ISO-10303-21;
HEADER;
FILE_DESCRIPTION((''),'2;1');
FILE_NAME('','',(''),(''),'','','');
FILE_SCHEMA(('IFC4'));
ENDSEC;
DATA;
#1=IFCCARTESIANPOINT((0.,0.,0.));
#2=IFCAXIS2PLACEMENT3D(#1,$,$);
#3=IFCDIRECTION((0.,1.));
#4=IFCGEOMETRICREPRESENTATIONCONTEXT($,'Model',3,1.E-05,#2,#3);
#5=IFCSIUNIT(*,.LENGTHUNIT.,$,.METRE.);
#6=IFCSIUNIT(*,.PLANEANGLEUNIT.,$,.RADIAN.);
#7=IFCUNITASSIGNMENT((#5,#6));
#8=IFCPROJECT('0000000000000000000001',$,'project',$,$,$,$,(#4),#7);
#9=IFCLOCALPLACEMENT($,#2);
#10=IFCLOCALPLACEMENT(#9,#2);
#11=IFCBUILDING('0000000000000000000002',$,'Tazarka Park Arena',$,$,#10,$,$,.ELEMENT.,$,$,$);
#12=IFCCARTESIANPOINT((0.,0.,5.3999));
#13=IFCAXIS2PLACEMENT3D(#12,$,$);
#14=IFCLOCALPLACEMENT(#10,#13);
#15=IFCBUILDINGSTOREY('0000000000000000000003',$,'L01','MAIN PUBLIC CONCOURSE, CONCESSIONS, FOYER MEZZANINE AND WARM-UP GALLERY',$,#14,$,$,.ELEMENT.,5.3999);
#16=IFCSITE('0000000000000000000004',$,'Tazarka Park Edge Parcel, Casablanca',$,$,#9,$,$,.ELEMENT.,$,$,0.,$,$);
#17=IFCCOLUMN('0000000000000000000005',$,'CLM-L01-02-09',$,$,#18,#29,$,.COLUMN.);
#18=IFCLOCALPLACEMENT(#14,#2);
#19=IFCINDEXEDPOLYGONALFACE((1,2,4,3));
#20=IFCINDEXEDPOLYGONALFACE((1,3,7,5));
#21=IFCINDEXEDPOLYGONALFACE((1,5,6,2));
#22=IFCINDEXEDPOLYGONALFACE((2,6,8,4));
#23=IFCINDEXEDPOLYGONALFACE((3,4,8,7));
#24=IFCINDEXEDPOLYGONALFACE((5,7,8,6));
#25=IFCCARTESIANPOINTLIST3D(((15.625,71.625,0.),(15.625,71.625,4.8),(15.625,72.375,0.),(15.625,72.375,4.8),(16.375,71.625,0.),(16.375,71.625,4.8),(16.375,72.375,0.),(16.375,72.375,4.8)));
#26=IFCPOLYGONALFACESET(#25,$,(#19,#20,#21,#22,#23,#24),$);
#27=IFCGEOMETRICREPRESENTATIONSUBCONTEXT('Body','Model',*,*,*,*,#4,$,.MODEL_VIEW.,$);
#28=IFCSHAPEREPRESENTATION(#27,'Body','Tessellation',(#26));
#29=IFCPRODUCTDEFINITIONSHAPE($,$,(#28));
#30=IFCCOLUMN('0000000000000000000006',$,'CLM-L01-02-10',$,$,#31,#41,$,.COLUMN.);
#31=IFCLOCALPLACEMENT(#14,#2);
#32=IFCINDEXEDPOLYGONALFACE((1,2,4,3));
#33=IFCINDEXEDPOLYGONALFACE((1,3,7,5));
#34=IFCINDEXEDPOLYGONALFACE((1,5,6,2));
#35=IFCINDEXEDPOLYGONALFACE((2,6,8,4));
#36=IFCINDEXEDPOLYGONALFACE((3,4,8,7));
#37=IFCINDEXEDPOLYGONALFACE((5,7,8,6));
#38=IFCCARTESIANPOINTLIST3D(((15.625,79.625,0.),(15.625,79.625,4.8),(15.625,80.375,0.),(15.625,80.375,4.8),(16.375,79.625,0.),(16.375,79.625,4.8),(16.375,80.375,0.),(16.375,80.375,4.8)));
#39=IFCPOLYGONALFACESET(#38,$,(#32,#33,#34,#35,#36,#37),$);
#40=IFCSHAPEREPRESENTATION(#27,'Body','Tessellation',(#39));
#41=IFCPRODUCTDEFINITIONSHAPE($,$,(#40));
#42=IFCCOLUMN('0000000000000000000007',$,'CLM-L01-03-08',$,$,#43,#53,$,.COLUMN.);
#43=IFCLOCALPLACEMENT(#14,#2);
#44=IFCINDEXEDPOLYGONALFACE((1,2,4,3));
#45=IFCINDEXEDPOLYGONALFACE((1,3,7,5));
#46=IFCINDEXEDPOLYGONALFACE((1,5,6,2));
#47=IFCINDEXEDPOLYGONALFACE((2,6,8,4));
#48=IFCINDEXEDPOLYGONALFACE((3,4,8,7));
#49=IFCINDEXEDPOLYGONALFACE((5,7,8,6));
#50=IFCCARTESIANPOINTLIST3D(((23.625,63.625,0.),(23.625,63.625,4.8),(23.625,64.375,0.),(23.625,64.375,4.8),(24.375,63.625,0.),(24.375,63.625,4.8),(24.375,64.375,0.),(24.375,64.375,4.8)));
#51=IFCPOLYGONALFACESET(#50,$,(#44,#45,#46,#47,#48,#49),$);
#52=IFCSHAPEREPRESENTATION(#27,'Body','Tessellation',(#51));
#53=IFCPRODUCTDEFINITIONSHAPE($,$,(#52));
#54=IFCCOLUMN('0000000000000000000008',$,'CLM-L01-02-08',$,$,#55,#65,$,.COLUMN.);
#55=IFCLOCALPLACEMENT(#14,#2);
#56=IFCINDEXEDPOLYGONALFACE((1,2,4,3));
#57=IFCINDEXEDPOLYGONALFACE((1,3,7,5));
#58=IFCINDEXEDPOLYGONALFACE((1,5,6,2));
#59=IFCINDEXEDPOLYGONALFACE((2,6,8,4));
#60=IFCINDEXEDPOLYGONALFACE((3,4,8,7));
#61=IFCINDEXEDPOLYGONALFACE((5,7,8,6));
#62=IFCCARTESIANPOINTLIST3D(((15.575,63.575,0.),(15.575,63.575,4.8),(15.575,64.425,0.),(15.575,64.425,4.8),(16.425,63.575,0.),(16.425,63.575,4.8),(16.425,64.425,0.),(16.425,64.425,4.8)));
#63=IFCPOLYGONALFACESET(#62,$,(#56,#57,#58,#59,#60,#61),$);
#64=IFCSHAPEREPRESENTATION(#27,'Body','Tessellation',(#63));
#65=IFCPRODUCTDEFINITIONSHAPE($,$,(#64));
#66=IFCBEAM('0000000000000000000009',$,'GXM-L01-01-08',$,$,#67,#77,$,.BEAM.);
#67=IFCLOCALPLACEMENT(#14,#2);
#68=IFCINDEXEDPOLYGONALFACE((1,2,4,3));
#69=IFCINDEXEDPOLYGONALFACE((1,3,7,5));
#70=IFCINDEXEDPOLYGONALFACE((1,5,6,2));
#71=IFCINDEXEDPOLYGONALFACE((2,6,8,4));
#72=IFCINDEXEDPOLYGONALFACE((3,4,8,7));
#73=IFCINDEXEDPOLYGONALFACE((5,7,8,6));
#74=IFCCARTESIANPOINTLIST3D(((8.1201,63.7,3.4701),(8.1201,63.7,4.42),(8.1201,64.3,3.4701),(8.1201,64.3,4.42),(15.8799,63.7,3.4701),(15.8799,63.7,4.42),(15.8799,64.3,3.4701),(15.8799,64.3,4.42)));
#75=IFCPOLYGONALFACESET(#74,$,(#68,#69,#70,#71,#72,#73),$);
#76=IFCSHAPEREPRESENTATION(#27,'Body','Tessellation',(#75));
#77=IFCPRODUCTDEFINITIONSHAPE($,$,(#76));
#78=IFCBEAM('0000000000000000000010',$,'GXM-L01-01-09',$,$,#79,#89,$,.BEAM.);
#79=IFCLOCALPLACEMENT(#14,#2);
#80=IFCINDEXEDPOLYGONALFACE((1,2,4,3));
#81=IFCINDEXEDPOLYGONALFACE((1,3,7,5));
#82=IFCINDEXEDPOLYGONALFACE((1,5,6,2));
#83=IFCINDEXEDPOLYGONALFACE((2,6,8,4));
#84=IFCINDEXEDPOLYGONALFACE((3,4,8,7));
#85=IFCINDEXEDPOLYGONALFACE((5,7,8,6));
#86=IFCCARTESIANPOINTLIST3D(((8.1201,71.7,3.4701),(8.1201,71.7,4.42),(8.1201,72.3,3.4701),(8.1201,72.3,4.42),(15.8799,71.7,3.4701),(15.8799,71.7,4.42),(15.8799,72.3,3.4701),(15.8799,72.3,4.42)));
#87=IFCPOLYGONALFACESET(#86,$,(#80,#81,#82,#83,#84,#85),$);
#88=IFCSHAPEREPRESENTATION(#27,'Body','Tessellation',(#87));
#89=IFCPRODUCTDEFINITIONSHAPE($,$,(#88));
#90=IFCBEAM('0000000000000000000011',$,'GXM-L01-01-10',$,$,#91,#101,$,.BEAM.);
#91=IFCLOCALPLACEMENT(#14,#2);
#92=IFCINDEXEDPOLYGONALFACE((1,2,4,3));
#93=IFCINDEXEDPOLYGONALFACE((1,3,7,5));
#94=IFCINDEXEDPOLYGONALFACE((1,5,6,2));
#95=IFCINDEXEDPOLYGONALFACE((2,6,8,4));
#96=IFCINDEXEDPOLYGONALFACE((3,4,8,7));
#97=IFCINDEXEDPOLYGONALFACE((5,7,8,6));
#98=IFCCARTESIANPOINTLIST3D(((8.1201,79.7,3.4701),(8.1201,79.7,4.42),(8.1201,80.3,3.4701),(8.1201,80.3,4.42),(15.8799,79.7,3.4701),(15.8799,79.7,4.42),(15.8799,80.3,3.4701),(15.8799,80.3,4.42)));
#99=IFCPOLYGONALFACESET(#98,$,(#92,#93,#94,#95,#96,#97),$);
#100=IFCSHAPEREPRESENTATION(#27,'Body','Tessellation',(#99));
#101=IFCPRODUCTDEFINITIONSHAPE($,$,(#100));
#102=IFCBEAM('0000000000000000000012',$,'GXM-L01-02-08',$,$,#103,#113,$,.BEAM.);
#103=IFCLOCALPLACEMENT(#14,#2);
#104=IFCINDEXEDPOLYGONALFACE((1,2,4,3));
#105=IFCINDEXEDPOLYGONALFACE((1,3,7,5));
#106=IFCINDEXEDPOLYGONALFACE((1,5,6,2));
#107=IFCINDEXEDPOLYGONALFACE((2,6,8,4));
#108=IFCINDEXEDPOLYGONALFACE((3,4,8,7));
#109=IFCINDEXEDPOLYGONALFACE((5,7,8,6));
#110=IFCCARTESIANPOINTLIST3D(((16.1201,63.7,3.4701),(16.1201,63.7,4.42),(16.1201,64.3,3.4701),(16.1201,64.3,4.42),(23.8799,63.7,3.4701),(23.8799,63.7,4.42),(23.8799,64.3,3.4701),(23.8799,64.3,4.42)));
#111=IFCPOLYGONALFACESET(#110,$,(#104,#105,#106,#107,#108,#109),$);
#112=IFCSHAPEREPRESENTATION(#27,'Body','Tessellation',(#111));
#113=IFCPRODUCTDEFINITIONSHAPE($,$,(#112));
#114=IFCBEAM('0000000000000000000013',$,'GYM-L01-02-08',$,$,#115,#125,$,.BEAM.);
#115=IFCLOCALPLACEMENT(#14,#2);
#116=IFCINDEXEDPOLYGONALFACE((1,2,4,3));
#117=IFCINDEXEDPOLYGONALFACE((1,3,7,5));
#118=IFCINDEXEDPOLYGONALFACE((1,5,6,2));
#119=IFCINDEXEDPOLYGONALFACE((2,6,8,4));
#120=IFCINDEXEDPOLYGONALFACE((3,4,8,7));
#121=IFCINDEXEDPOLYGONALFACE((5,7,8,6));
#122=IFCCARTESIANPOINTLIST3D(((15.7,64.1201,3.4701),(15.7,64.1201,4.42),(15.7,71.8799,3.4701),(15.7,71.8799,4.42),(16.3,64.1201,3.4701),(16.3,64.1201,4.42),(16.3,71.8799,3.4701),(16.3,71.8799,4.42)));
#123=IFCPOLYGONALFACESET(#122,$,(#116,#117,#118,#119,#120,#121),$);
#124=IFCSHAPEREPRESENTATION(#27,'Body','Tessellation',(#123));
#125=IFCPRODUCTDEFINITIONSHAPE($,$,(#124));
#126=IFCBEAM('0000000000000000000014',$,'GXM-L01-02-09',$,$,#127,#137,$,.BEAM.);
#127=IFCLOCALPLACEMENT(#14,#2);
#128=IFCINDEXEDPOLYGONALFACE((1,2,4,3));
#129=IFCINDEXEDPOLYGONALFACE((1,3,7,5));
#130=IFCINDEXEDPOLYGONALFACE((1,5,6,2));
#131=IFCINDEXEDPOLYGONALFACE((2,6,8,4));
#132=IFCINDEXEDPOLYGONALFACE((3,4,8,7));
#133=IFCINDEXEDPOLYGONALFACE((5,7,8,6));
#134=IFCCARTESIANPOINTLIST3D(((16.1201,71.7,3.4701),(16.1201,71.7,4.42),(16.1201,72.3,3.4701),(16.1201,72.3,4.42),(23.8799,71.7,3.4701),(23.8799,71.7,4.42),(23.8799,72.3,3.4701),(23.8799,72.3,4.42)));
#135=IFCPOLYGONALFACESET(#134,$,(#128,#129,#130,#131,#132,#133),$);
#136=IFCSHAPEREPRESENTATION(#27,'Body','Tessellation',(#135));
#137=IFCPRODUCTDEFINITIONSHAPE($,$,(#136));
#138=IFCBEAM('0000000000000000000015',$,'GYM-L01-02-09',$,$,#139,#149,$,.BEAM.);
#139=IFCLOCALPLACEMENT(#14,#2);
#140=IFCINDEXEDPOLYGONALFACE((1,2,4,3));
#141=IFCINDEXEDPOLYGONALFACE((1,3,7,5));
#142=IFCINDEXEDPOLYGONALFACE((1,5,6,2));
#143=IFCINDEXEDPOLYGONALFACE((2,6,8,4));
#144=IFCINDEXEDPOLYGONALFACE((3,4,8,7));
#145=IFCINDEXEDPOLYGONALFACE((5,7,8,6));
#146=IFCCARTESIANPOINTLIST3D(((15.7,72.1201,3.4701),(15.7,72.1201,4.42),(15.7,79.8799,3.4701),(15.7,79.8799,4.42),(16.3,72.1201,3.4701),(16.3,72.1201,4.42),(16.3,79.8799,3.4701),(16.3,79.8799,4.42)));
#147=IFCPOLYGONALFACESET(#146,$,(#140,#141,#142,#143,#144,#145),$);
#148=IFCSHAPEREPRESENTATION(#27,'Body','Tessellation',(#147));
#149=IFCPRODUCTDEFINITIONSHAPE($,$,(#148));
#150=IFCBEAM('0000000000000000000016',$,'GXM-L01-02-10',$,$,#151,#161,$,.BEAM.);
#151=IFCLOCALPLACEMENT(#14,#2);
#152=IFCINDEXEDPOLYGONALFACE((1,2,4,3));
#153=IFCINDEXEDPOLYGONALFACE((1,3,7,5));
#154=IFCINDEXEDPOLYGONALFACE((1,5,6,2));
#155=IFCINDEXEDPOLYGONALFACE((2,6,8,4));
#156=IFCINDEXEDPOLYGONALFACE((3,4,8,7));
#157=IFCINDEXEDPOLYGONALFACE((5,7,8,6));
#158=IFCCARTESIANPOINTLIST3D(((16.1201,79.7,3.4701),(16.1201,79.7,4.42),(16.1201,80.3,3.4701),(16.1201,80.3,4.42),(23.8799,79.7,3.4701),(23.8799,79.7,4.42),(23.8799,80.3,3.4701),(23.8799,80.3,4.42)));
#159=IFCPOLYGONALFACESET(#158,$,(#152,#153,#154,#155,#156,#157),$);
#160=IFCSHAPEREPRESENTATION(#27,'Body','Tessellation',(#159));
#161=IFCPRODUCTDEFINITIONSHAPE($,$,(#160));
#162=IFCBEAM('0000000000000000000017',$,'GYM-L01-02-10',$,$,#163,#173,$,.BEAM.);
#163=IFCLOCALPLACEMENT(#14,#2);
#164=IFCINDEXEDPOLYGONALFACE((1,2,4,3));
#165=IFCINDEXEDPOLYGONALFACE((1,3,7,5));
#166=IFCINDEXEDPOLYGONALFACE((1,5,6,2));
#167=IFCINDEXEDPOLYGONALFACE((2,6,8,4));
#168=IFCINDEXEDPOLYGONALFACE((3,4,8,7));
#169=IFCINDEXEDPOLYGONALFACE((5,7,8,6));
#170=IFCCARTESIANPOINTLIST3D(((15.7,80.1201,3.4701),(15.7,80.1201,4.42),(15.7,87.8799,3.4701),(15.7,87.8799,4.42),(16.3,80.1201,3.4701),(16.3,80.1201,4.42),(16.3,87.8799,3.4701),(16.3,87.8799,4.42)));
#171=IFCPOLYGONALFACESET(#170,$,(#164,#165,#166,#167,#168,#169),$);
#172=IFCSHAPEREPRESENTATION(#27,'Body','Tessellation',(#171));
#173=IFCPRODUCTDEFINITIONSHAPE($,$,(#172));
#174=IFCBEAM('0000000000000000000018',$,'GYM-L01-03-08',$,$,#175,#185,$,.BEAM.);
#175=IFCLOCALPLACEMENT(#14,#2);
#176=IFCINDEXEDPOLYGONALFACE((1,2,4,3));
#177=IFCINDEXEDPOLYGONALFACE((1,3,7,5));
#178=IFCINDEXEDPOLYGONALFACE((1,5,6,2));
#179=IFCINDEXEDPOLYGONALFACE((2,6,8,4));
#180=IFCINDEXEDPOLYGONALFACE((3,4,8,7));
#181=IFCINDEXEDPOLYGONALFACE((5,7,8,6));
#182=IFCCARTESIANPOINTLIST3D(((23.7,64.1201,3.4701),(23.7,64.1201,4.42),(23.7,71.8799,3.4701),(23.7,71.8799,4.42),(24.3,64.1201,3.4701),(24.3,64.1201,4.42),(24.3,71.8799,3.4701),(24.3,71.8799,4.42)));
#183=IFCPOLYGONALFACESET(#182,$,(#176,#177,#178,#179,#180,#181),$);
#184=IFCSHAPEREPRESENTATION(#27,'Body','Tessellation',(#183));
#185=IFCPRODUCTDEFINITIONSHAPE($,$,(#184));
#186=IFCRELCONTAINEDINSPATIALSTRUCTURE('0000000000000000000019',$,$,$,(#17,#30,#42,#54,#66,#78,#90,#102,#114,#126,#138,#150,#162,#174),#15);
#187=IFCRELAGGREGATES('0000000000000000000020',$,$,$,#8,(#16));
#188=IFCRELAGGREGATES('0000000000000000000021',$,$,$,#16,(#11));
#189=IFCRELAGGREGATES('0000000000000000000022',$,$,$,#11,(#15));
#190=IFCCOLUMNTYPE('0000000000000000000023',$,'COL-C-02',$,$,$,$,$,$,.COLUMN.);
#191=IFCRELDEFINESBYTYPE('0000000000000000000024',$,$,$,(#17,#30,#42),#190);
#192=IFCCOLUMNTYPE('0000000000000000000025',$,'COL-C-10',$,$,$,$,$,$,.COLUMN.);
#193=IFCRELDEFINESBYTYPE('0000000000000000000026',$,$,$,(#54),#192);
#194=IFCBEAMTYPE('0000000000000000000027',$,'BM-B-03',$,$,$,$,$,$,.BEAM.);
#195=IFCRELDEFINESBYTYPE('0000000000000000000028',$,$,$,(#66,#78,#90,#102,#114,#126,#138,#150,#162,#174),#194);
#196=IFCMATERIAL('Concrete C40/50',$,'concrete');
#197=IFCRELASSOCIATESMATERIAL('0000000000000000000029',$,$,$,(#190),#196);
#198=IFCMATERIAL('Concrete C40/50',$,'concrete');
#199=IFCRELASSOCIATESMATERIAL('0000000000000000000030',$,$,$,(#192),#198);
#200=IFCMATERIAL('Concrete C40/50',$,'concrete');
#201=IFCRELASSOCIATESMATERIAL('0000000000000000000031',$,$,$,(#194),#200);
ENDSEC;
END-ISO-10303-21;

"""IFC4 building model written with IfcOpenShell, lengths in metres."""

from ifc_helpers import new_model, si_unit, direction, frame, origin, origin_2d, place, context, subcontext, project, spatial, rectangle, extrude, material, material_profile, profile_set, type_object, element, save


model = new_model("IFC4")

# Units and contexts
model_context = context("Model", 3, precision=1e-05, world=origin(), true_north=direction((0.0, 1.0)))
body_context = subcontext(model_context, "Body", "Model", "MODEL_VIEW")
ifc_project = project(units=[si_unit("LENGTHUNIT", "METRE"), si_unit("PLANEANGLEUNIT", "RADIAN")], contexts=[model_context])

# Site, building, storey
site_placement = place(None, origin())
site = spatial("IfcSite", under=ifc_project, at=site_placement, Name="Tazarka Park Edge Parcel, Casablanca", CompositionType="ELEMENT", RefElevation=0.0)
building_placement = place(site_placement, origin())
building = spatial("IfcBuilding", under=site, at=building_placement, Name="Tazarka Park Arena", CompositionType="ELEMENT")
storey_placement = place(building_placement, frame((0.0, 0.0, 5.3999)))
storey = spatial("IfcBuildingStorey", under=building, at=storey_placement, Name="L01", Description="MAIN PUBLIC CONCOURSE, CONCESSIONS, FOYER MEZZANINE AND WARM-UP GALLERY", CompositionType="ELEMENT", Elevation=5.3999)

# Columns
ifc_material_1 = material(Name="Concrete C40/50", Category="concrete")
ifc_material_profile_1 = material_profile(ifc_material_1, rectangle(XDim=0.75, YDim=0.75, at=origin_2d()), Name="Concrete C40/50")
ifc_profile_set_1 = profile_set([ifc_material_profile_1], Name="Concrete C40/50")
column_type_1 = type_object("IfcColumnType", Name="COL-C-02", PredefinedType="COLUMN", material=ifc_profile_set_1)
for number, where, z_axis, x_axis, name in (
    (1, (16.0, 72.0, 0.0), (0.0, 0.0, 1.0), (1.0, 0.0, 0.0), "CLM-L01-02-09"),
    (2, (16.0, 80.0, 0.0), (0.0, 0.0, 1.0), (1.0, 0.0, 0.0), "CLM-L01-02-10"),
    (3, (24.0, 64.0, 0.0), (0.0, 0.0, 1.0), (1.0, 0.0, 0.0), "CLM-L01-03-08"),
):
    element("IfcColumn", number, at=place(storey_placement, frame(where, z_axis=z_axis, x_axis=x_axis)), inside=storey, type_object=column_type_1, Name=name, PredefinedType="COLUMN", context=body_context, shape_type="SweptSolid", body=[
        extrude(rectangle(XDim=0.75, YDim=0.75, at=origin_2d()), origin(), (0.0, 0.0, 1.0), 4.8),
    ])
ifc_material_2 = material(Name="Concrete C40/50", Category="concrete")
ifc_material_profile_2 = material_profile(ifc_material_2, rectangle(XDim=0.8501, YDim=0.8501, at=origin_2d()), Name="Concrete C40/50")
ifc_profile_set_2 = profile_set([ifc_material_profile_2], Name="Concrete C40/50")
column_type_2 = type_object("IfcColumnType", Name="COL-C-10", PredefinedType="COLUMN", material=ifc_profile_set_2)
column_placement = place(storey_placement, frame((16.0, 64.0, 0.0), z_axis=(0.0, 0.0, 1.0), x_axis=(1.0, 0.0, 0.0)))
element("IfcColumn", 4, at=column_placement, inside=storey, type_object=column_type_2, Name="CLM-L01-02-08", PredefinedType="COLUMN", context=body_context, shape_type="SweptSolid", body=[
    extrude(rectangle(XDim=0.8501, YDim=0.8501, at=origin_2d()), origin(), (0.0, 0.0, 1.0), 4.8),
])

# Beams
ifc_material_3 = material(Name="Concrete C40/50", Category="concrete")
ifc_material_profile_3 = material_profile(ifc_material_3, rectangle(XDim=0.6001, YDim=0.95, at=origin_2d()), Name="Concrete C40/50")
ifc_profile_set_3 = profile_set([ifc_material_profile_3], Name="Concrete C40/50")
beam_type_1 = type_object("IfcBeamType", Name="BM-B-03", PredefinedType="BEAM", material=ifc_profile_set_3)
for number, where, z_axis, x_axis, name in (
    (5, (8.1201, 64.0, 3.9451), (1.0, 0.0, 0.0), (0.0, 1.0, 0.0), "GXM-L01-01-08"),
    (6, (8.1201, 72.0, 3.9451), (1.0, 0.0, 0.0), (0.0, 1.0, 0.0), "GXM-L01-01-09"),
    (7, (8.1201, 80.0, 3.9451), (1.0, 0.0, 0.0), (0.0, 1.0, 0.0), "GXM-L01-01-10"),
    (8, (16.1201, 64.0, 3.9451), (1.0, 0.0, 0.0), (0.0, 1.0, 0.0), "GXM-L01-02-08"),
    (9, (16.0, 64.1201, 3.9451), (0.0, 1.0, 0.0), (-1.0, 0.0, 0.0), "GYM-L01-02-08"),
    (10, (16.1201, 72.0, 3.9451), (1.0, 0.0, 0.0), (0.0, 1.0, 0.0), "GXM-L01-02-09"),
    (11, (16.0, 72.1201, 3.9451), (0.0, 1.0, 0.0), (-1.0, 0.0, 0.0), "GYM-L01-02-09"),
    (12, (16.1201, 80.0, 3.9451), (1.0, 0.0, 0.0), (0.0, 1.0, 0.0), "GXM-L01-02-10"),
    (13, (16.0, 80.1201, 3.9451), (0.0, 1.0, 0.0), (-1.0, 0.0, 0.0), "GYM-L01-02-10"),
    (14, (24.0, 64.1201, 3.9451), (0.0, 1.0, 0.0), (-1.0, 0.0, 0.0), "GYM-L01-03-08"),
):
    element("IfcBeam", number, at=place(storey_placement, frame(where, z_axis=z_axis, x_axis=x_axis)), inside=storey, type_object=beam_type_1, Name=name, PredefinedType="BEAM", context=body_context, shape_type="SweptSolid", body=[
        extrude(rectangle(XDim=0.6001, YDim=0.95, at=origin_2d()), origin(), (0.0, 0.0, 1.0), 7.7598),
    ])

save(model, "model.ifc")
